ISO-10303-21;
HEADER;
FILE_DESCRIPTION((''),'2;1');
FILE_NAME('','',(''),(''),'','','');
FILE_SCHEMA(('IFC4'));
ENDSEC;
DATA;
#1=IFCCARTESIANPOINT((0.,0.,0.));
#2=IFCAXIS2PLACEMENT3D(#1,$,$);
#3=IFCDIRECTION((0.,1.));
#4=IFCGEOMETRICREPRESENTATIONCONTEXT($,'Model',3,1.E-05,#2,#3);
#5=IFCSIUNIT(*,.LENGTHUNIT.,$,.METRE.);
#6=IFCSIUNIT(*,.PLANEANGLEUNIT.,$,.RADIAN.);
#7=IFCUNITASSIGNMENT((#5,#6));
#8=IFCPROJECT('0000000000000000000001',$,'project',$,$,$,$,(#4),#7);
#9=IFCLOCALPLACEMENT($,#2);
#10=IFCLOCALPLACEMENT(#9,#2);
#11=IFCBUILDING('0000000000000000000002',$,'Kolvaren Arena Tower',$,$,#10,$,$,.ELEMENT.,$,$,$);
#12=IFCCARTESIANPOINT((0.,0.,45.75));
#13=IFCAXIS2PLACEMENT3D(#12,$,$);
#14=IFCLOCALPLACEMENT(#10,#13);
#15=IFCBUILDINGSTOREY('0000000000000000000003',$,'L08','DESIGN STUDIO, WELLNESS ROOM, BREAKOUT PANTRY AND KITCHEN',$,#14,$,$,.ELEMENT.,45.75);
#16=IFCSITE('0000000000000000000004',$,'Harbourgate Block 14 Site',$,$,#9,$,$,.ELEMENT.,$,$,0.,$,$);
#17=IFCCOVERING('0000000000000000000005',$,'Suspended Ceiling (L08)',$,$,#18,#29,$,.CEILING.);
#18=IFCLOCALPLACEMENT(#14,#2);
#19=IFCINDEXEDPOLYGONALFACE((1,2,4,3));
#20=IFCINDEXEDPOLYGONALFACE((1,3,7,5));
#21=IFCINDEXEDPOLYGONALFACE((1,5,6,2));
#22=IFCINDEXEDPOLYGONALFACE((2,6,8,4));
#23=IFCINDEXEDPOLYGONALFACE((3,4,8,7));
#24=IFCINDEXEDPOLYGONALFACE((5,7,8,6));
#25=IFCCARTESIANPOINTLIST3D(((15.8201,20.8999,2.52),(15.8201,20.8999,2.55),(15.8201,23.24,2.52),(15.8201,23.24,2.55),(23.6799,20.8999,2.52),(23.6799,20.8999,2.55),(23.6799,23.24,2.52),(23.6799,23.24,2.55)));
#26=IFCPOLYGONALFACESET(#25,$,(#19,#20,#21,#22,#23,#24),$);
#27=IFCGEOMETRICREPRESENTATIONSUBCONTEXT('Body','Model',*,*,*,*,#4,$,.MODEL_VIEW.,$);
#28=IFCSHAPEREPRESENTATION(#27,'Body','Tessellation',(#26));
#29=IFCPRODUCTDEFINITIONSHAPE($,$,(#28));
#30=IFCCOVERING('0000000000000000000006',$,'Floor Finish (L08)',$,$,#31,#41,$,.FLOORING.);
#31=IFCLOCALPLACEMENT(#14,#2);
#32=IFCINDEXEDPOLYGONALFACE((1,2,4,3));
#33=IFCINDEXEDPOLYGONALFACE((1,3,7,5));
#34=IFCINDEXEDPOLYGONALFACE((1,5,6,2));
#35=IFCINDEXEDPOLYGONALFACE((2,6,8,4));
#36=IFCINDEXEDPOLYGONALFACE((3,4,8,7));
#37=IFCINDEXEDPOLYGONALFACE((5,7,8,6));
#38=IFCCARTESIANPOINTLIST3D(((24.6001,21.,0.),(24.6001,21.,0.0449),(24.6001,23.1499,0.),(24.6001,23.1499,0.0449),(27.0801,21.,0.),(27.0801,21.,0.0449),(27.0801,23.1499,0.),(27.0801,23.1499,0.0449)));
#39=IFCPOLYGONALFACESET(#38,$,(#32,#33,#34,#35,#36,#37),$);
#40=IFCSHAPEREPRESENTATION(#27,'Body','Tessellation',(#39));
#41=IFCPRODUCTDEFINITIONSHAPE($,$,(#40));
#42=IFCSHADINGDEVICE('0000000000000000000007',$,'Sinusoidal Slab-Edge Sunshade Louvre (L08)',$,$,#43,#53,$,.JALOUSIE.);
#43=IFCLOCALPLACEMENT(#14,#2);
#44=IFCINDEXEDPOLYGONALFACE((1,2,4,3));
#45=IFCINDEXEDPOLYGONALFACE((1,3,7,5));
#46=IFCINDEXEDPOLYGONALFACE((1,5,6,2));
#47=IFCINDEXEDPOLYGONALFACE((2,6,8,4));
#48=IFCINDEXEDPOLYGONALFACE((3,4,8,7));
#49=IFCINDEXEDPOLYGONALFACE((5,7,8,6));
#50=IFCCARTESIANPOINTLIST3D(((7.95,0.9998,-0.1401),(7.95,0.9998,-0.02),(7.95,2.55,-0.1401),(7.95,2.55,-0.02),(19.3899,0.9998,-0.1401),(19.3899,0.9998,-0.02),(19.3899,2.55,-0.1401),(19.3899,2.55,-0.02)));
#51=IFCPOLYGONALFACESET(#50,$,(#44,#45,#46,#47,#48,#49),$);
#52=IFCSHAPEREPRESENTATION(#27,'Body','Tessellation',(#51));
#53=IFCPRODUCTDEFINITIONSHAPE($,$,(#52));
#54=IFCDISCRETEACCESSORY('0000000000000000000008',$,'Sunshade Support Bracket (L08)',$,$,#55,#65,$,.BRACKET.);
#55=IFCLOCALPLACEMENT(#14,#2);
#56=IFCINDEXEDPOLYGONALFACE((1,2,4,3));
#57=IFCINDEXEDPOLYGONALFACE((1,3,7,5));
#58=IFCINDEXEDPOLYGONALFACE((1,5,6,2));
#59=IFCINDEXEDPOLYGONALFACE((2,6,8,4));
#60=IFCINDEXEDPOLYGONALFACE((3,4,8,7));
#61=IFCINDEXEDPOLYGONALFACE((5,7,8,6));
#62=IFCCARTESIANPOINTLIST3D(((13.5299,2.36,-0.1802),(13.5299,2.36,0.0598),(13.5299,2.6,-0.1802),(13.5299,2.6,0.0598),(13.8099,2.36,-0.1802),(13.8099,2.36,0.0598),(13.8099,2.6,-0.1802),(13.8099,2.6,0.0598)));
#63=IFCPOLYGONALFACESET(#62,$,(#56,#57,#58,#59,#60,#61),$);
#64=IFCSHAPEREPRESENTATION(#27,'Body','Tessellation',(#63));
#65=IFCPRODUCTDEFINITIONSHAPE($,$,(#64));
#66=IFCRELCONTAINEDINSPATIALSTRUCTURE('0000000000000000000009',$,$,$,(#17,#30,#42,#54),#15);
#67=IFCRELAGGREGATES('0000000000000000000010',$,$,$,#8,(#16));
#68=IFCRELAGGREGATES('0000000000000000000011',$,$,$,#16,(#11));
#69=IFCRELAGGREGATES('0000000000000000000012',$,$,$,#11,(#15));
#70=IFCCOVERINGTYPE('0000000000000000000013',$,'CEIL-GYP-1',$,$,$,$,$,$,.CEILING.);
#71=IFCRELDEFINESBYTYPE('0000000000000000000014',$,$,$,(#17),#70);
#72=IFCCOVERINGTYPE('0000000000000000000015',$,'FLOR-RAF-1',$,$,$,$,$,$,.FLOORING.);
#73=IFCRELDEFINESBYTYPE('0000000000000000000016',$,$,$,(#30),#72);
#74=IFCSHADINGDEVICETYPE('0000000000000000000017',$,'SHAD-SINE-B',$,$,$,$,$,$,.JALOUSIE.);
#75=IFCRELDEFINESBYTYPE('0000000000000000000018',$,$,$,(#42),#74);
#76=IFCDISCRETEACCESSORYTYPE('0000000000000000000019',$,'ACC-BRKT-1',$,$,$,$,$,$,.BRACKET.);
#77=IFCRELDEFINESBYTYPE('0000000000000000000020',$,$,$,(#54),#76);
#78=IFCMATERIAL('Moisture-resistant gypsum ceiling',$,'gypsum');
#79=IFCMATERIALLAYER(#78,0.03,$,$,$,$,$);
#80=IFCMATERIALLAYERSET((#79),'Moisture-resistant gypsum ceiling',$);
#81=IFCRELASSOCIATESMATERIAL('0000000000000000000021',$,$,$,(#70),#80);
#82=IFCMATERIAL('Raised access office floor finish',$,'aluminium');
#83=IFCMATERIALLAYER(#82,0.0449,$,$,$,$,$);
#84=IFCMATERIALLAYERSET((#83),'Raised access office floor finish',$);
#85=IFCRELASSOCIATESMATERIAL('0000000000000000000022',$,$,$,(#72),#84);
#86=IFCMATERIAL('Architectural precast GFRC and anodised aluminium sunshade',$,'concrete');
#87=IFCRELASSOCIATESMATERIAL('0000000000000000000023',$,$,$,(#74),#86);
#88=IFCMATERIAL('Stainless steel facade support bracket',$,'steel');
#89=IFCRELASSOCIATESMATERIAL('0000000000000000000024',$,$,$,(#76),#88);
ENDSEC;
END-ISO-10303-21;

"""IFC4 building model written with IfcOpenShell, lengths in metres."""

from ifc_helpers import new_model, si_unit, direction, frame, origin, origin_2d, place, context, subcontext, project, spatial, polyline, rectangle, outline, extrude, material, layer, layer_set, type_object, element, save


model = new_model("IFC4")

# Units and contexts
model_context = context("Model", 3, precision=1e-05, world=origin(), true_north=direction((0.0, 1.0)))
body_context = subcontext(model_context, "Body", "Model", "MODEL_VIEW")
ifc_project = project(units=[si_unit("LENGTHUNIT", "METRE"), si_unit("PLANEANGLEUNIT", "RADIAN")], contexts=[model_context])

# Site, building, storey
site_placement = place(None, origin())
site = spatial("IfcSite", under=ifc_project, at=site_placement, Name="Harbourgate Block 14 Site", CompositionType="ELEMENT", RefElevation=0.0)
building_placement = place(site_placement, origin())
building = spatial("IfcBuilding", under=site, at=building_placement, Name="Kolvaren Arena Tower", CompositionType="ELEMENT")
storey_placement = place(building_placement, frame((0.0, 0.0, 45.75)))
storey = spatial("IfcBuildingStorey", under=building, at=storey_placement, Name="L08", Description="DESIGN STUDIO, WELLNESS ROOM, BREAKOUT PANTRY AND KITCHEN", CompositionType="ELEMENT", Elevation=45.75)

# Coverings
ifc_material_1 = material(Name="Moisture-resistant gypsum ceiling", Category="gypsum")
ifc_layer_1 = layer(ifc_material_1, 0.03)
ifc_layer_set_1 = layer_set([ifc_layer_1], Name="Moisture-resistant gypsum ceiling")
covering_type_1 = type_object("IfcCoveringType", Name="CEIL-GYP-1", PredefinedType="CEILING", material=ifc_layer_set_1)
covering_1_placement = place(storey_placement, frame((0.0, 0.0, 2.52)))
element("IfcCovering", 1, at=covering_1_placement, inside=storey, type_object=covering_type_1, Name="Suspended Ceiling (L08)", PredefinedType="CEILING", context=body_context, shape_type="SweptSolid", body=[
    extrude(outline(polyline([(15.8201, 20.8999), (15.8201, 23.24), (23.6799, 23.24), (23.6799, 20.8999), (15.8201, 20.8999)])), origin(), (0.0, 0.0, 1.0), 0.03),
])
ifc_material_2 = material(Name="Raised access office floor finish", Category="aluminium")
ifc_layer_2 = layer(ifc_material_2, 0.0449)
ifc_layer_set_2 = layer_set([ifc_layer_2], Name="Raised access office floor finish")
covering_type_2 = type_object("IfcCoveringType", Name="FLOR-RAF-1", PredefinedType="FLOORING", material=ifc_layer_set_2)
covering_2_placement = place(storey_placement, origin())
element("IfcCovering", 2, at=covering_2_placement, inside=storey, type_object=covering_type_2, Name="Floor Finish (L08)", PredefinedType="FLOORING", context=body_context, shape_type="SweptSolid", body=[
    extrude(outline(polyline([(24.6001, 21.0), (24.6001, 23.1499), (27.0801, 23.1499), (27.0801, 21.0), (24.6001, 21.0)])), origin(), (0.0, 0.0, 1.0), 0.0449),
])

# Shading device
ifc_material_3 = material(Name="Architectural precast GFRC and anodised aluminium sunshade", Category="concrete")
shading_device_type = type_object("IfcShadingDeviceType", Name="SHAD-SINE-B", PredefinedType="JALOUSIE", material=ifc_material_3)
shading_device_placement = place(storey_placement, frame((13.6699, 1.7749, -0.1401), z_axis=(0.0, 0.0, 1.0), x_axis=(-1.0, 0.0, 0.0)))
element("IfcShadingDevice", 3, at=shading_device_placement, inside=storey, type_object=shading_device_type, Name="Sinusoidal Slab-Edge Sunshade Louvre (L08)", PredefinedType="JALOUSIE", context=body_context, shape_type="SweptSolid", body=[
    extrude(rectangle(XDim=11.4399, YDim=1.5503, at=origin_2d()), origin(), (0.0, 0.0, 1.0), 0.1201),
])

# Discrete accessory
ifc_material_4 = material(Name="Stainless steel facade support bracket", Category="steel")
discrete_accessory_type = type_object("IfcDiscreteAccessoryType", Name="ACC-BRKT-1", PredefinedType="BRACKET", material=ifc_material_4)
discrete_accessory_placement = place(storey_placement, frame((13.6699, 2.48, -0.1802), z_axis=(0.0, 0.0, 1.0), x_axis=(-1.0, 0.0, 0.0)))
element("IfcDiscreteAccessory", 4, at=discrete_accessory_placement, inside=storey, type_object=discrete_accessory_type, Name="Sunshade Support Bracket (L08)", PredefinedType="BRACKET", context=body_context, shape_type="SweptSolid", body=[
    extrude(rectangle(XDim=0.28, YDim=0.24, at=origin_2d()), origin(), (0.0, 0.0, 1.0), 0.24),
])

save(model, "model.ifc")
